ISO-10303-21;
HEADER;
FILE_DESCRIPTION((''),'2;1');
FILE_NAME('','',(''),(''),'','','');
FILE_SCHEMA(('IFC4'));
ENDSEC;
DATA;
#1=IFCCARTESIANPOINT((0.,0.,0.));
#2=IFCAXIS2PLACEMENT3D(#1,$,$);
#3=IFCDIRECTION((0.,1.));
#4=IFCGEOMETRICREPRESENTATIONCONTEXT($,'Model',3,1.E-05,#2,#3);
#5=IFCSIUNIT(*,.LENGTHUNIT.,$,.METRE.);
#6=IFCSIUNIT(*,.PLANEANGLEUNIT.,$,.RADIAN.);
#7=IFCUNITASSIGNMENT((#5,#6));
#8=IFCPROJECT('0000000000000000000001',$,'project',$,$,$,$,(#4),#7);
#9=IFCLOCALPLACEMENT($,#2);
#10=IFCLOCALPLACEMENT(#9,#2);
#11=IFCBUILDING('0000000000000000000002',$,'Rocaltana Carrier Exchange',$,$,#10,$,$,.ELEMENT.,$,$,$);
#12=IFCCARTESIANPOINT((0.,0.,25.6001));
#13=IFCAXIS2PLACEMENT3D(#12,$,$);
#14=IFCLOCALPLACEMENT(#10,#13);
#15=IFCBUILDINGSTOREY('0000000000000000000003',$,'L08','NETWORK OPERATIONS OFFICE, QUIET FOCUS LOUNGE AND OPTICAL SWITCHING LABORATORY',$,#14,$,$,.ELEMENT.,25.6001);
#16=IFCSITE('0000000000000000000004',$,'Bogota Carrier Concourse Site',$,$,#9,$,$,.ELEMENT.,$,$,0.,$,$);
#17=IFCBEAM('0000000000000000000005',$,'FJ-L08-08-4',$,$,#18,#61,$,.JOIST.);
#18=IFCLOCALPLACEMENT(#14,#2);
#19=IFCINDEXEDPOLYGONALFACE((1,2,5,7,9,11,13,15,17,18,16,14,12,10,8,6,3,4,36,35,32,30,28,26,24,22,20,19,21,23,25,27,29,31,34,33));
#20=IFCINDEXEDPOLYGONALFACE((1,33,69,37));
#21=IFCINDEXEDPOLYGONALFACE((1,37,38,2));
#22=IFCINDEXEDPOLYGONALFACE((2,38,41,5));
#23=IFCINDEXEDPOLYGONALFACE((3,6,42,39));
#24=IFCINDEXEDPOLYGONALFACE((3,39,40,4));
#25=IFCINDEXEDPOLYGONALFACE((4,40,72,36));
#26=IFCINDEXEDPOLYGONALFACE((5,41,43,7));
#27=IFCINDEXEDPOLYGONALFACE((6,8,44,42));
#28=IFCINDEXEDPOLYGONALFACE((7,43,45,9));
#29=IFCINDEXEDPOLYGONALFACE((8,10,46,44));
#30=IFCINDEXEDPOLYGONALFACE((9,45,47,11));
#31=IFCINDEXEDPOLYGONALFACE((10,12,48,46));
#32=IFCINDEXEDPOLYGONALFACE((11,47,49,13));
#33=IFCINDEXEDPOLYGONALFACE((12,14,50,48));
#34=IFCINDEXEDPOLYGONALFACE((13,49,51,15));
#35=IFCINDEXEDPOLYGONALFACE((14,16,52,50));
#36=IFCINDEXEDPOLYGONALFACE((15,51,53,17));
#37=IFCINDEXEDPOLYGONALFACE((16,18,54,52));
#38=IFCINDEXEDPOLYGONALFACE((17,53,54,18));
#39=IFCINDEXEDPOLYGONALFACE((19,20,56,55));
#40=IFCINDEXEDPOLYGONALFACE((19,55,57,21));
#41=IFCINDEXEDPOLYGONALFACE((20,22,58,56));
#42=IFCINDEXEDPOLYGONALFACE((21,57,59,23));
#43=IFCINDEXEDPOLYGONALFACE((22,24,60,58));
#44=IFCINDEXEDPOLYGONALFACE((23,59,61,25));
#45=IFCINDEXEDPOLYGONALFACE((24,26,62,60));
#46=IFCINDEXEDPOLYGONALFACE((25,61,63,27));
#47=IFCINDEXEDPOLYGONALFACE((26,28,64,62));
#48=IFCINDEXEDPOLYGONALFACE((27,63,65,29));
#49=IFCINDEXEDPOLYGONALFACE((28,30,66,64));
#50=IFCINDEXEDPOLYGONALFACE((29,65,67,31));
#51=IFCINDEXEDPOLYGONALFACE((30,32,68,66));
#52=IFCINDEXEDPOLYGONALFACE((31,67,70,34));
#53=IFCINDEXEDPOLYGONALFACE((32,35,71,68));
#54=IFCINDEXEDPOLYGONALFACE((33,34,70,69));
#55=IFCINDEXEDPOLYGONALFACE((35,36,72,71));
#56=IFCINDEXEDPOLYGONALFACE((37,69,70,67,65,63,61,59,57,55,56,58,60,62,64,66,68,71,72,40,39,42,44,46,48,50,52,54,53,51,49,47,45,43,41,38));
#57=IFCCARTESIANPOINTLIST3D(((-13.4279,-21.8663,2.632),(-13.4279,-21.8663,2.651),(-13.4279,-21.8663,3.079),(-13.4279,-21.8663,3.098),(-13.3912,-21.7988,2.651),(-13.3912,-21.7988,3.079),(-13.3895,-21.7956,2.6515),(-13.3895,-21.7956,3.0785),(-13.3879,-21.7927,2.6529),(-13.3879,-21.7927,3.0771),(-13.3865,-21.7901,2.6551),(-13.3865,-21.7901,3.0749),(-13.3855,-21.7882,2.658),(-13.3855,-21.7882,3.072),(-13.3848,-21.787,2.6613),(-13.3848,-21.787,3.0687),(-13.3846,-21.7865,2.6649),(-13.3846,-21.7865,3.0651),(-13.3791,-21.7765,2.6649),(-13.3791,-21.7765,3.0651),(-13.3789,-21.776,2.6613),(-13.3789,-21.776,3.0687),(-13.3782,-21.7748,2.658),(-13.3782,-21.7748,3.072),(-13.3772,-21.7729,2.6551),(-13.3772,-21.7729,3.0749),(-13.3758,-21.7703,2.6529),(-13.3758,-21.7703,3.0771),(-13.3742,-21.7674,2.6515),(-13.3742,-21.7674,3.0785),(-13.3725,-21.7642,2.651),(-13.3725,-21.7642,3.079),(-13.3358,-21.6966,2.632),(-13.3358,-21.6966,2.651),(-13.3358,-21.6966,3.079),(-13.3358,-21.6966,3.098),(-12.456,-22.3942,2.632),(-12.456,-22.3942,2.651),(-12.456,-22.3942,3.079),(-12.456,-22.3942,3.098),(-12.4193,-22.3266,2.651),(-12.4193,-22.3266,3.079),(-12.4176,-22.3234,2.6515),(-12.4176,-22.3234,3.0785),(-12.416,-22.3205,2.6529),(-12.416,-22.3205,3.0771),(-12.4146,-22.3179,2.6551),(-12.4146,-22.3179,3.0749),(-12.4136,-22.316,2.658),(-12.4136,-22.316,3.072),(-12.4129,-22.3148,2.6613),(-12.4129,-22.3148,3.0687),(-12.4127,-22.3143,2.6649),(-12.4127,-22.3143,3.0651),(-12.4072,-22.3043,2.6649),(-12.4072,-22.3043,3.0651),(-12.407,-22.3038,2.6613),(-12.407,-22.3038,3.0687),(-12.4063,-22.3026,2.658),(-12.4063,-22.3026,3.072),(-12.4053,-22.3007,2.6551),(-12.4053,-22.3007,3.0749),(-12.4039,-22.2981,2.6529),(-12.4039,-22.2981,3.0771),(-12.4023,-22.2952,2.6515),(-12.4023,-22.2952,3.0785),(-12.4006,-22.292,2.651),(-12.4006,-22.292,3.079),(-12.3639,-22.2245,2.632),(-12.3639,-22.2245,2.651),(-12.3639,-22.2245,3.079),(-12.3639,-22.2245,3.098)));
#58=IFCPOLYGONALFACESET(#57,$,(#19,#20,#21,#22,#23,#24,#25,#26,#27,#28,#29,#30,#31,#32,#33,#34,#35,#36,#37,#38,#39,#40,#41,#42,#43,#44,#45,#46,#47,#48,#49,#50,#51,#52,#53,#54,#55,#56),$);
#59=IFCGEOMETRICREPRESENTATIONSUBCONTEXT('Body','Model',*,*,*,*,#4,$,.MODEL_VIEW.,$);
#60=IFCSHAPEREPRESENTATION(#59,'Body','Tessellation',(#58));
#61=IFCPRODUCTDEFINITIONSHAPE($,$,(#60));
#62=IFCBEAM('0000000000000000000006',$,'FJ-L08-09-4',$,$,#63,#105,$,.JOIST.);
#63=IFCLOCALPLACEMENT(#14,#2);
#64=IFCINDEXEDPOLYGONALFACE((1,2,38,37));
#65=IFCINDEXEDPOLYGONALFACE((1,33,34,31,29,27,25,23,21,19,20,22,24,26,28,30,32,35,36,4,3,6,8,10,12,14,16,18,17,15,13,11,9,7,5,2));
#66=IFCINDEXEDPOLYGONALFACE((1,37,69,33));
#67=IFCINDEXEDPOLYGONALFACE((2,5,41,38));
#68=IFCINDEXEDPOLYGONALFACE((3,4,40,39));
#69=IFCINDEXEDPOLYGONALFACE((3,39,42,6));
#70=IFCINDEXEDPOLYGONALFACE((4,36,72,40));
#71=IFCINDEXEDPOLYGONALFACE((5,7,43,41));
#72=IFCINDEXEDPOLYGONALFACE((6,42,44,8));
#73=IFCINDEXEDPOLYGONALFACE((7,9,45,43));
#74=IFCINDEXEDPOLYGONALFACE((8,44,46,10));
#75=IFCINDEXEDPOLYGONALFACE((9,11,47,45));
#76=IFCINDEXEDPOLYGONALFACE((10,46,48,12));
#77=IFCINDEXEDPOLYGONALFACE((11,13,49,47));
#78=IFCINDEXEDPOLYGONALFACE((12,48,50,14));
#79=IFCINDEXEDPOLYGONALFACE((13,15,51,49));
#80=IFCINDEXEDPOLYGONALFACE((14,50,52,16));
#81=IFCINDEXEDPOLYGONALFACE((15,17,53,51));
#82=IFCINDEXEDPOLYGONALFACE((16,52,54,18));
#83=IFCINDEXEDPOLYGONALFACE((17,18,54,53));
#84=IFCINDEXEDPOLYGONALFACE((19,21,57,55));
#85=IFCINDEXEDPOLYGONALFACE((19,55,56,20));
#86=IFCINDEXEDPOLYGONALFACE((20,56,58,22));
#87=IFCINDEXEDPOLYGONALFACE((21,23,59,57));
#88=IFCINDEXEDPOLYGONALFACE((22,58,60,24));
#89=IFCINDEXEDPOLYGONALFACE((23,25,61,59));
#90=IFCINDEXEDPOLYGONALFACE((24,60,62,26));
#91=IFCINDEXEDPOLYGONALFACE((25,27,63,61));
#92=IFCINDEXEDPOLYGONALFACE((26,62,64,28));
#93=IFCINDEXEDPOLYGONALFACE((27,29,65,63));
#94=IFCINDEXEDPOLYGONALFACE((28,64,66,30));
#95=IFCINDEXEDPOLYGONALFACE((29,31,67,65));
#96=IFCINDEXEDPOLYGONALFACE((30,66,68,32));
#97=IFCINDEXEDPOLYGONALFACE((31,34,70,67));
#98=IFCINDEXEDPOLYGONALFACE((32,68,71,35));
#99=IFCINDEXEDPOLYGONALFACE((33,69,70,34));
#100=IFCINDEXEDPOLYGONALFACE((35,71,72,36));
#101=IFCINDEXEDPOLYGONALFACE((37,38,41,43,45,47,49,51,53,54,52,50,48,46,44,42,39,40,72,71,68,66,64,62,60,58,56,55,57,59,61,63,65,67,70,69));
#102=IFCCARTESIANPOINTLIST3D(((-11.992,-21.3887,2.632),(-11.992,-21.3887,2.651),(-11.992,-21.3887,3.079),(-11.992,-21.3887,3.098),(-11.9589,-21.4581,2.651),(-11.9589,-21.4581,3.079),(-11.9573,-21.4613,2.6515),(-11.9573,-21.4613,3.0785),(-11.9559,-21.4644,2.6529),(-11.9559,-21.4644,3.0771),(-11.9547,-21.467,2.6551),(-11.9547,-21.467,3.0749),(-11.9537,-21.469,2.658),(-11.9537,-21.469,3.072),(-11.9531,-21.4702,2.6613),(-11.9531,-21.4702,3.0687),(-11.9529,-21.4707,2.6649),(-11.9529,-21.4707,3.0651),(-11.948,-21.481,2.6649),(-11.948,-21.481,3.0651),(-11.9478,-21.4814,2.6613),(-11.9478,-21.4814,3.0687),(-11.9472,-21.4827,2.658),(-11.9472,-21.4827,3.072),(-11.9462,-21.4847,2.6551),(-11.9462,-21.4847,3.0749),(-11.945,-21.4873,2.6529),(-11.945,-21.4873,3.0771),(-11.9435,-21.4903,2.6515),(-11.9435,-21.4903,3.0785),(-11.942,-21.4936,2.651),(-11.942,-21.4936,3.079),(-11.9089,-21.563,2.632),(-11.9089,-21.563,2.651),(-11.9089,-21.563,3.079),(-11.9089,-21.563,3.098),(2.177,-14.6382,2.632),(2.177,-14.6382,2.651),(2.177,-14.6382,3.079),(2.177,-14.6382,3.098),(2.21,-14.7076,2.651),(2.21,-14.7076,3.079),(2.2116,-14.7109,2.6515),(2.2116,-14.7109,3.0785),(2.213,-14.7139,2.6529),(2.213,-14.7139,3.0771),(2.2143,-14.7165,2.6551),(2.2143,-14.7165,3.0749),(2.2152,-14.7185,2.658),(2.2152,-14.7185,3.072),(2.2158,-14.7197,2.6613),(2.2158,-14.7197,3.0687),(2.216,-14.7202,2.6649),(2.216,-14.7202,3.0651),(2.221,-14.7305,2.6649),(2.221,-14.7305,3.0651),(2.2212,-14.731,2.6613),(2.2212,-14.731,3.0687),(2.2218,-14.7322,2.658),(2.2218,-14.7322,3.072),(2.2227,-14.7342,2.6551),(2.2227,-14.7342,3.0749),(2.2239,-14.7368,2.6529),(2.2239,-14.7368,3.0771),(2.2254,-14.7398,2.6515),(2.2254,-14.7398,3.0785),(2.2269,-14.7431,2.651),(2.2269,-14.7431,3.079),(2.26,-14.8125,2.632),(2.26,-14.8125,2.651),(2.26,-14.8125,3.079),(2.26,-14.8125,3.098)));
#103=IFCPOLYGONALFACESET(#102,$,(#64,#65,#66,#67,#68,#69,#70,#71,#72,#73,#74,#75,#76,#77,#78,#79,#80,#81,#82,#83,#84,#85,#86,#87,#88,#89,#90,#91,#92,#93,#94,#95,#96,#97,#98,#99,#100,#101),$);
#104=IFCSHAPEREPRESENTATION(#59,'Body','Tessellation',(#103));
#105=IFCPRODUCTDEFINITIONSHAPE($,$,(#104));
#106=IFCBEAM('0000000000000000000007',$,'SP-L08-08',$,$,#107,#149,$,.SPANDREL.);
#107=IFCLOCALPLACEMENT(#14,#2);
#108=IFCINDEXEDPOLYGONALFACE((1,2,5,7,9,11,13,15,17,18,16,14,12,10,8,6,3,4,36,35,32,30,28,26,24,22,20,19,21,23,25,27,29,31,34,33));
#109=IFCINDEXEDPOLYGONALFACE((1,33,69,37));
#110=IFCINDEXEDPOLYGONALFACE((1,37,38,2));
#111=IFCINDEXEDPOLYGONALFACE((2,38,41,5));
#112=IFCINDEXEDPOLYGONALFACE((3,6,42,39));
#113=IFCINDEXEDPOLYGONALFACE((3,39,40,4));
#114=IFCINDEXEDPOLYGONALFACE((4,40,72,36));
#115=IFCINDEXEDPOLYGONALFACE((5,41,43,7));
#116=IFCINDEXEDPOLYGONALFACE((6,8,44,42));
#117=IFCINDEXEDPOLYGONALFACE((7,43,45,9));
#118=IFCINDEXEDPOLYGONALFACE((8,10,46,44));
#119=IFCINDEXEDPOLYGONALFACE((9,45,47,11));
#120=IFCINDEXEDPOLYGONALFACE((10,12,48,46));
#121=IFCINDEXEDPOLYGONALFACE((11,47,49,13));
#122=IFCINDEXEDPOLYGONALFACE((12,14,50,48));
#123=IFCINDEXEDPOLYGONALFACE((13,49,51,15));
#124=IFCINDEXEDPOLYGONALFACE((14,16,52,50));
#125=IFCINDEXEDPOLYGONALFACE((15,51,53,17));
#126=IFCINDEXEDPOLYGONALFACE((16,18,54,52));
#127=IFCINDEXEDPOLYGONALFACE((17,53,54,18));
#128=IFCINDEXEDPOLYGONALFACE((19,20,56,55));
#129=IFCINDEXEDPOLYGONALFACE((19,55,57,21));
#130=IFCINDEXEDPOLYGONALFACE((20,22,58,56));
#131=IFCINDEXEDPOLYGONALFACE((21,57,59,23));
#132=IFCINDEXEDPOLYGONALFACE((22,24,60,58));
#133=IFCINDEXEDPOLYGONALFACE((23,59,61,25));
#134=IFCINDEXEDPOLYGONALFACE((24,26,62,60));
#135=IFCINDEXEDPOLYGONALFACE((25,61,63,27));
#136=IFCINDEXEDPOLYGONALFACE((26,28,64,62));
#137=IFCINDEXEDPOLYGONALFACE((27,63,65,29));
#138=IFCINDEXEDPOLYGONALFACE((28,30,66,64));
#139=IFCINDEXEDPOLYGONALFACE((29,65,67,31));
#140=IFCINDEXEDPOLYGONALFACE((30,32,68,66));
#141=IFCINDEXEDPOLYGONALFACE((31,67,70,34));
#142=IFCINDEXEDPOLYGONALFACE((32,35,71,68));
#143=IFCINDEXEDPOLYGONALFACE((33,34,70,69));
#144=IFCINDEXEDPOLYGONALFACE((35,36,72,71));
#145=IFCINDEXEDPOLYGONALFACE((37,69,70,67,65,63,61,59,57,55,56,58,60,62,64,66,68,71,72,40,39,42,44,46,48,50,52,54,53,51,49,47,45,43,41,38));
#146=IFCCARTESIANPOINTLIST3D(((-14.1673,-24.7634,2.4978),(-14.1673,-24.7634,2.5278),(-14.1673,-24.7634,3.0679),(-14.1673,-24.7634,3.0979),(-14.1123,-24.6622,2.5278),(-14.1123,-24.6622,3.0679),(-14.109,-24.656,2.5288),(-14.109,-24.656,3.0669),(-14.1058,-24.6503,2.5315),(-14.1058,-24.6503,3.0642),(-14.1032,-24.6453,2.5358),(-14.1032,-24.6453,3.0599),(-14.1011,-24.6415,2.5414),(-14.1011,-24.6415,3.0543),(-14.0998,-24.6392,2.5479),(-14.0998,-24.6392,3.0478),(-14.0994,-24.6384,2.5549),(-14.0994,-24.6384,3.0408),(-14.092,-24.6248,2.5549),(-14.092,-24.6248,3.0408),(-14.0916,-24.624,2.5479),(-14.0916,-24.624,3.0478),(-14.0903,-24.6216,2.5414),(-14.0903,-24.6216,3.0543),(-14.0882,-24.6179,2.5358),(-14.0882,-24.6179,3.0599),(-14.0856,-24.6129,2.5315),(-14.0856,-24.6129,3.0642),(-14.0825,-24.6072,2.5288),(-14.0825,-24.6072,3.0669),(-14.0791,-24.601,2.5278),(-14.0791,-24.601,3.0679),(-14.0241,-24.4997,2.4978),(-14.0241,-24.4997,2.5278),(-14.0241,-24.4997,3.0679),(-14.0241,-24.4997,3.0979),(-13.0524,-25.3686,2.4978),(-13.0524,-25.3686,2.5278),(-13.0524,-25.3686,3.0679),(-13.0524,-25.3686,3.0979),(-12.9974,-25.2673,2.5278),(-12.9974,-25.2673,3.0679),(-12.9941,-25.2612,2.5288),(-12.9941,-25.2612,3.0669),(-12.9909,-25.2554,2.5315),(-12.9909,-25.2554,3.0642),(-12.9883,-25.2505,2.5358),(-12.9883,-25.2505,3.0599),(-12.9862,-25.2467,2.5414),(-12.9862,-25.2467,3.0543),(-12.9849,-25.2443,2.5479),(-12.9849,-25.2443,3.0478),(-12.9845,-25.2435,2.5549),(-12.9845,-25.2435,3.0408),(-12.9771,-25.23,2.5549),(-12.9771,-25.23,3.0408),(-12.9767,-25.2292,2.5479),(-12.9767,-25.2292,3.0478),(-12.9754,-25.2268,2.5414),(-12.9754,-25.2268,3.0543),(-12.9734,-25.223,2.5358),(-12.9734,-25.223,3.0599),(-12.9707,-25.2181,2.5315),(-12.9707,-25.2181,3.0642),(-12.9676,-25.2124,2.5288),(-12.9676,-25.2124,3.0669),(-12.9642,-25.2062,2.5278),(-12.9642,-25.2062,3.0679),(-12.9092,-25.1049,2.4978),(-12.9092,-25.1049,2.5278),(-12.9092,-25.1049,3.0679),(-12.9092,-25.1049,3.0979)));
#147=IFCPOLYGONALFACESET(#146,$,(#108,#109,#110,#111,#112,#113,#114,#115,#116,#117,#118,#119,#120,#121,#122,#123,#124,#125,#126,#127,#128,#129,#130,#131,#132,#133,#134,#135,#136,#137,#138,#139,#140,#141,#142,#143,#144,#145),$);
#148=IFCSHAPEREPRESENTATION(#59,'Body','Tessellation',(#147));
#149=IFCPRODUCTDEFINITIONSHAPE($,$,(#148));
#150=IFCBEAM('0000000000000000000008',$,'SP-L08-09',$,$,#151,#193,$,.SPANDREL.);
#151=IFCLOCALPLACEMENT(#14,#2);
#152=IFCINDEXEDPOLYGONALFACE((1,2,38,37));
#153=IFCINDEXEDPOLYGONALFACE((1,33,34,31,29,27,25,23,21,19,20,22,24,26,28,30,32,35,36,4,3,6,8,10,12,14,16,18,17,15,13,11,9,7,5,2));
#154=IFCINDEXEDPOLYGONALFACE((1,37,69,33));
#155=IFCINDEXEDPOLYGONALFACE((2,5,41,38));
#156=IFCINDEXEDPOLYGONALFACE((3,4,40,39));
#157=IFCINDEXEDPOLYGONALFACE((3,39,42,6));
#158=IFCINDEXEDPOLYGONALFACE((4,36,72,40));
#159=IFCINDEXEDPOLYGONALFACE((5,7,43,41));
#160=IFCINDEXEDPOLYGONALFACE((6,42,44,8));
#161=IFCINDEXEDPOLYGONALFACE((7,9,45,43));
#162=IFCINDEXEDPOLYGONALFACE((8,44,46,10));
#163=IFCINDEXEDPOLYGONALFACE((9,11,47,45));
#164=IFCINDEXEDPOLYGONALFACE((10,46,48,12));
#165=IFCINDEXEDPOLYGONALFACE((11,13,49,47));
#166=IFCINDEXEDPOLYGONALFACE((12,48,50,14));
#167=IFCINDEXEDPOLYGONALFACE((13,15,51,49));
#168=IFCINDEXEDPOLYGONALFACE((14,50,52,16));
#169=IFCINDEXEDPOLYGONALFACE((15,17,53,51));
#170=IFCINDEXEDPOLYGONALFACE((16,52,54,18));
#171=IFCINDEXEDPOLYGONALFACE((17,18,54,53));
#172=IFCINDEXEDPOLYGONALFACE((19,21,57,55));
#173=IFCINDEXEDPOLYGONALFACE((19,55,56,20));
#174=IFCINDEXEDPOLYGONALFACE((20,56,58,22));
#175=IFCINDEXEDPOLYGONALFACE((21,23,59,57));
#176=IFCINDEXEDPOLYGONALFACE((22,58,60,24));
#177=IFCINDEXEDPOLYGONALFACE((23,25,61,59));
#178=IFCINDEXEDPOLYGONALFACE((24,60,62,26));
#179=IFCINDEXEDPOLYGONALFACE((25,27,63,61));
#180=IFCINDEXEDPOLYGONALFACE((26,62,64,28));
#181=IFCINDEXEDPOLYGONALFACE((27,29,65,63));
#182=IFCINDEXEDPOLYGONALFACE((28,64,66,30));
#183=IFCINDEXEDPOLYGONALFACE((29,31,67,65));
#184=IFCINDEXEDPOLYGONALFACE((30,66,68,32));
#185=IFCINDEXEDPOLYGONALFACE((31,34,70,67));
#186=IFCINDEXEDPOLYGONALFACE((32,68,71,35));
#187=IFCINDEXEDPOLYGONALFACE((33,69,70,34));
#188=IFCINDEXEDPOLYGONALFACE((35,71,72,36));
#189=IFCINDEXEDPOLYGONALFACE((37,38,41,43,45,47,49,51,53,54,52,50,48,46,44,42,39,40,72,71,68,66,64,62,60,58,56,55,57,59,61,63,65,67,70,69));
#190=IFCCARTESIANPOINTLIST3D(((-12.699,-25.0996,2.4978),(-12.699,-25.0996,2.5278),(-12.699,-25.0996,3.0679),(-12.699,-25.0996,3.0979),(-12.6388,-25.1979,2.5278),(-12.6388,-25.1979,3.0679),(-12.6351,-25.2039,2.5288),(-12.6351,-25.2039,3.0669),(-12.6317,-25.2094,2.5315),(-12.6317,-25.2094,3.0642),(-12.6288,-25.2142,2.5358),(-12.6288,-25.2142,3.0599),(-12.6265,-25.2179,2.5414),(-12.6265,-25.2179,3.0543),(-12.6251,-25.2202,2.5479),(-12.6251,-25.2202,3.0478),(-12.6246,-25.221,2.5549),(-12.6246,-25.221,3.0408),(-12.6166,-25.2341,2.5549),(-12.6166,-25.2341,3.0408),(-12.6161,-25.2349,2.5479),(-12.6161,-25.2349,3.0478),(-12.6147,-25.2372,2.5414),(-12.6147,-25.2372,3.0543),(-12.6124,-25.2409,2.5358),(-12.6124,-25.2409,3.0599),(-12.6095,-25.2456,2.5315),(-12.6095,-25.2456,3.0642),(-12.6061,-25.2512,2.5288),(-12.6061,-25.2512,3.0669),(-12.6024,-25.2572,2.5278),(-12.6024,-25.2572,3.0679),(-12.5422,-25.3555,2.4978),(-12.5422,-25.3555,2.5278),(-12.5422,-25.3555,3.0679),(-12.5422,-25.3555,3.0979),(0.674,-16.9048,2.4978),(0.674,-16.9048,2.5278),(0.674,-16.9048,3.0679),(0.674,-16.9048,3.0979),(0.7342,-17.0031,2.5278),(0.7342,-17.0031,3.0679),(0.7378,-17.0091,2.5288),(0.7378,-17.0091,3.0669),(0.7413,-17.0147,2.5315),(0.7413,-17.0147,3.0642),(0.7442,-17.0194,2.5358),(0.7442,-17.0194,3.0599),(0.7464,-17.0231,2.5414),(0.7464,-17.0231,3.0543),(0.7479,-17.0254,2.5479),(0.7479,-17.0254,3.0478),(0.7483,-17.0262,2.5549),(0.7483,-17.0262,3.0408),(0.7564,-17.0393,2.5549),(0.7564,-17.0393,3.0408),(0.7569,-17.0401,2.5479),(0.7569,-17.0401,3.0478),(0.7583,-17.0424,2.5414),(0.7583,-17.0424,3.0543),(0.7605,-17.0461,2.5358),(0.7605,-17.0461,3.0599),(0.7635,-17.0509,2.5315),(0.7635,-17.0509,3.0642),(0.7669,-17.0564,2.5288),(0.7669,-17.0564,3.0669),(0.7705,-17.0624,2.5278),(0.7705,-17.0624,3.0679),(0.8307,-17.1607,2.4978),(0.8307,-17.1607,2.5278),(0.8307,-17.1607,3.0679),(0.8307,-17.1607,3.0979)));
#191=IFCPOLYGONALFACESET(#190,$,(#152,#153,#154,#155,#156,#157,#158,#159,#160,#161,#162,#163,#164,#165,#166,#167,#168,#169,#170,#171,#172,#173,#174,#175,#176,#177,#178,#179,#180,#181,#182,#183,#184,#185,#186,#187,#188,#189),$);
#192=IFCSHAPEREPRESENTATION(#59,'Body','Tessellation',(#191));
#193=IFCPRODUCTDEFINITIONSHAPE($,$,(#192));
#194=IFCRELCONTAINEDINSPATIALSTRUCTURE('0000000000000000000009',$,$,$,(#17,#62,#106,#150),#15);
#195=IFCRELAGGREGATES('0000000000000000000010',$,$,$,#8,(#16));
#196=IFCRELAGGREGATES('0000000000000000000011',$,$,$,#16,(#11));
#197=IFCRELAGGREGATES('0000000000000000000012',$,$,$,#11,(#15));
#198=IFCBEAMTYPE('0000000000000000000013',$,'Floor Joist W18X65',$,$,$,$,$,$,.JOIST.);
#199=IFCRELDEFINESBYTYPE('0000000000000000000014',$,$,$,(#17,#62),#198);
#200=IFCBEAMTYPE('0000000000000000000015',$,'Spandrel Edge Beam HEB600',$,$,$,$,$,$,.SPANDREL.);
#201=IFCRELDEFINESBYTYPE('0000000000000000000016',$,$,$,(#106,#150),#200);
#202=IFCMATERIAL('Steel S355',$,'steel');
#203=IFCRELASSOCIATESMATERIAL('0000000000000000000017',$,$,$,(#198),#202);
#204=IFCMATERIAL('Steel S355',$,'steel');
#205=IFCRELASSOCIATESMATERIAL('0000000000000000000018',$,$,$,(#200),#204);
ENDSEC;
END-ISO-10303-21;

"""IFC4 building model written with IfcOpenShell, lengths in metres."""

from ifc_helpers import new_model, si_unit, direction, frame, origin, origin_2d, place, context, subcontext, project, spatial, i_section, extrude, material, material_profile, profile_set, type_object, element, save


model = new_model("IFC4")

# Units and contexts
model_context = context("Model", 3, precision=1e-05, world=origin(), true_north=direction((0.0, 1.0)))
body_context = subcontext(model_context, "Body", "Model", "MODEL_VIEW")
ifc_project = project(units=[si_unit("LENGTHUNIT", "METRE"), si_unit("PLANEANGLEUNIT", "RADIAN")], contexts=[model_context])

# Site, building, storey
site_placement = place(None, origin())
site = spatial("IfcSite", under=ifc_project, at=site_placement, Name="Bogota Carrier Concourse Site", CompositionType="ELEMENT", RefElevation=0.0)
building_placement = place(site_placement, origin())
building = spatial("IfcBuilding", under=site, at=building_placement, Name="Rocaltana Carrier Exchange", CompositionType="ELEMENT")
storey_placement = place(building_placement, frame((0.0, 0.0, 25.6001)))
storey = spatial("IfcBuildingStorey", under=building, at=storey_placement, Name="L08", Description="NETWORK OPERATIONS OFFICE, QUIET FOCUS LOUNGE AND OPTICAL SWITCHING LABORATORY", CompositionType="ELEMENT", Elevation=25.6001)

# Beams
ifc_material_1 = material(Name="Steel S355", Category="steel")
ifc_material_profile_1 = material_profile(ifc_material_1, i_section(OverallWidth=0.1931, OverallDepth=0.4661, WebThickness=0.0115, FlangeThickness=0.019, FilletRadius=0.0139, at=origin_2d()), Name="W18X65")
ifc_profile_set_1 = profile_set([ifc_material_profile_1], Name="Steel S355")
beam_type_1 = type_object("IfcBeamType", Name="Floor Joist W18X65", PredefinedType="JOIST", material=ifc_profile_set_1)
beam_1_placement = place(storey_placement, frame((-13.3818, -21.7815, 2.865), z_axis=(0.878771, -0.477243, 0.0), x_axis=(0.477243, 0.878771, 0.0)))
element("IfcBeam", 1, at=beam_1_placement, inside=storey, type_object=beam_type_1, Name="FJ-L08-08-4", PredefinedType="JOIST", context=body_context, shape_type="SweptSolid", body=[
    extrude(i_section(OverallWidth=0.1931, OverallDepth=0.4661, WebThickness=0.0115, FlangeThickness=0.019, FilletRadius=0.0139, at=origin_2d()), origin(), (0.0, 0.0, 1.0), 1.106),
])
beam_2_placement = place(storey_placement, frame((-11.9504, -21.4758, 2.865), z_axis=(0.902777, 0.430109, 0.0), x_axis=(-0.430109, 0.902777, 0.0)))
element("IfcBeam", 2, at=beam_2_placement, inside=storey, type_object=beam_type_1, Name="FJ-L08-09-4", PredefinedType="JOIST", context=body_context, shape_type="SweptSolid", body=[
    extrude(i_section(OverallWidth=0.1931, OverallDepth=0.4661, WebThickness=0.0115, FlangeThickness=0.019, FilletRadius=0.0139, at=origin_2d()), origin(), (0.0, 0.0, 1.0), 15.6948),
])
ifc_material_2 = material(Name="Steel S355", Category="steel")
ifc_material_profile_2 = material_profile(ifc_material_2, i_section(OverallWidth=0.3, OverallDepth=0.6001, WebThickness=0.0154, FlangeThickness=0.03, FilletRadius=0.0271, at=origin_2d()), Name="HEB600")
ifc_profile_set_2 = profile_set([ifc_material_profile_2], Name="Steel S355")
beam_type_2 = type_object("IfcBeamType", Name="Spandrel Edge Beam HEB600", PredefinedType="SPANDREL", material=ifc_profile_set_2)
beam_3_placement = place(storey_placement, frame((-14.0957, -24.6316, 2.7979), z_axis=(0.878872, -0.477058, 0.0), x_axis=(0.477058, 0.878872, 0.0)))
element("IfcBeam", 3, at=beam_3_placement, inside=storey, type_object=beam_type_2, Name="SP-L08-08", PredefinedType="SPANDREL", context=body_context, shape_type="SweptSolid", body=[
    extrude(i_section(OverallWidth=0.3, OverallDepth=0.6001, WebThickness=0.0154, FlangeThickness=0.03, FilletRadius=0.0271, at=origin_2d()), origin(), (0.0, 0.0, 1.0), 1.2686),
])
beam_4_placement = place(storey_placement, frame((-12.6206, -25.2275, 2.7979), z_axis=(0.852646, 0.52249, 0.0), x_axis=(-0.52249, 0.852646, 0.0)))
element("IfcBeam", 4, at=beam_4_placement, inside=storey, type_object=beam_type_2, Name="SP-L08-09", PredefinedType="SPANDREL", context=body_context, shape_type="SweptSolid", body=[
    extrude(i_section(OverallWidth=0.3, OverallDepth=0.6001, WebThickness=0.0154, FlangeThickness=0.03, FilletRadius=0.0271, at=origin_2d()), origin(), (0.0, 0.0, 1.0), 15.6841),
])

save(model, "model.ifc")
